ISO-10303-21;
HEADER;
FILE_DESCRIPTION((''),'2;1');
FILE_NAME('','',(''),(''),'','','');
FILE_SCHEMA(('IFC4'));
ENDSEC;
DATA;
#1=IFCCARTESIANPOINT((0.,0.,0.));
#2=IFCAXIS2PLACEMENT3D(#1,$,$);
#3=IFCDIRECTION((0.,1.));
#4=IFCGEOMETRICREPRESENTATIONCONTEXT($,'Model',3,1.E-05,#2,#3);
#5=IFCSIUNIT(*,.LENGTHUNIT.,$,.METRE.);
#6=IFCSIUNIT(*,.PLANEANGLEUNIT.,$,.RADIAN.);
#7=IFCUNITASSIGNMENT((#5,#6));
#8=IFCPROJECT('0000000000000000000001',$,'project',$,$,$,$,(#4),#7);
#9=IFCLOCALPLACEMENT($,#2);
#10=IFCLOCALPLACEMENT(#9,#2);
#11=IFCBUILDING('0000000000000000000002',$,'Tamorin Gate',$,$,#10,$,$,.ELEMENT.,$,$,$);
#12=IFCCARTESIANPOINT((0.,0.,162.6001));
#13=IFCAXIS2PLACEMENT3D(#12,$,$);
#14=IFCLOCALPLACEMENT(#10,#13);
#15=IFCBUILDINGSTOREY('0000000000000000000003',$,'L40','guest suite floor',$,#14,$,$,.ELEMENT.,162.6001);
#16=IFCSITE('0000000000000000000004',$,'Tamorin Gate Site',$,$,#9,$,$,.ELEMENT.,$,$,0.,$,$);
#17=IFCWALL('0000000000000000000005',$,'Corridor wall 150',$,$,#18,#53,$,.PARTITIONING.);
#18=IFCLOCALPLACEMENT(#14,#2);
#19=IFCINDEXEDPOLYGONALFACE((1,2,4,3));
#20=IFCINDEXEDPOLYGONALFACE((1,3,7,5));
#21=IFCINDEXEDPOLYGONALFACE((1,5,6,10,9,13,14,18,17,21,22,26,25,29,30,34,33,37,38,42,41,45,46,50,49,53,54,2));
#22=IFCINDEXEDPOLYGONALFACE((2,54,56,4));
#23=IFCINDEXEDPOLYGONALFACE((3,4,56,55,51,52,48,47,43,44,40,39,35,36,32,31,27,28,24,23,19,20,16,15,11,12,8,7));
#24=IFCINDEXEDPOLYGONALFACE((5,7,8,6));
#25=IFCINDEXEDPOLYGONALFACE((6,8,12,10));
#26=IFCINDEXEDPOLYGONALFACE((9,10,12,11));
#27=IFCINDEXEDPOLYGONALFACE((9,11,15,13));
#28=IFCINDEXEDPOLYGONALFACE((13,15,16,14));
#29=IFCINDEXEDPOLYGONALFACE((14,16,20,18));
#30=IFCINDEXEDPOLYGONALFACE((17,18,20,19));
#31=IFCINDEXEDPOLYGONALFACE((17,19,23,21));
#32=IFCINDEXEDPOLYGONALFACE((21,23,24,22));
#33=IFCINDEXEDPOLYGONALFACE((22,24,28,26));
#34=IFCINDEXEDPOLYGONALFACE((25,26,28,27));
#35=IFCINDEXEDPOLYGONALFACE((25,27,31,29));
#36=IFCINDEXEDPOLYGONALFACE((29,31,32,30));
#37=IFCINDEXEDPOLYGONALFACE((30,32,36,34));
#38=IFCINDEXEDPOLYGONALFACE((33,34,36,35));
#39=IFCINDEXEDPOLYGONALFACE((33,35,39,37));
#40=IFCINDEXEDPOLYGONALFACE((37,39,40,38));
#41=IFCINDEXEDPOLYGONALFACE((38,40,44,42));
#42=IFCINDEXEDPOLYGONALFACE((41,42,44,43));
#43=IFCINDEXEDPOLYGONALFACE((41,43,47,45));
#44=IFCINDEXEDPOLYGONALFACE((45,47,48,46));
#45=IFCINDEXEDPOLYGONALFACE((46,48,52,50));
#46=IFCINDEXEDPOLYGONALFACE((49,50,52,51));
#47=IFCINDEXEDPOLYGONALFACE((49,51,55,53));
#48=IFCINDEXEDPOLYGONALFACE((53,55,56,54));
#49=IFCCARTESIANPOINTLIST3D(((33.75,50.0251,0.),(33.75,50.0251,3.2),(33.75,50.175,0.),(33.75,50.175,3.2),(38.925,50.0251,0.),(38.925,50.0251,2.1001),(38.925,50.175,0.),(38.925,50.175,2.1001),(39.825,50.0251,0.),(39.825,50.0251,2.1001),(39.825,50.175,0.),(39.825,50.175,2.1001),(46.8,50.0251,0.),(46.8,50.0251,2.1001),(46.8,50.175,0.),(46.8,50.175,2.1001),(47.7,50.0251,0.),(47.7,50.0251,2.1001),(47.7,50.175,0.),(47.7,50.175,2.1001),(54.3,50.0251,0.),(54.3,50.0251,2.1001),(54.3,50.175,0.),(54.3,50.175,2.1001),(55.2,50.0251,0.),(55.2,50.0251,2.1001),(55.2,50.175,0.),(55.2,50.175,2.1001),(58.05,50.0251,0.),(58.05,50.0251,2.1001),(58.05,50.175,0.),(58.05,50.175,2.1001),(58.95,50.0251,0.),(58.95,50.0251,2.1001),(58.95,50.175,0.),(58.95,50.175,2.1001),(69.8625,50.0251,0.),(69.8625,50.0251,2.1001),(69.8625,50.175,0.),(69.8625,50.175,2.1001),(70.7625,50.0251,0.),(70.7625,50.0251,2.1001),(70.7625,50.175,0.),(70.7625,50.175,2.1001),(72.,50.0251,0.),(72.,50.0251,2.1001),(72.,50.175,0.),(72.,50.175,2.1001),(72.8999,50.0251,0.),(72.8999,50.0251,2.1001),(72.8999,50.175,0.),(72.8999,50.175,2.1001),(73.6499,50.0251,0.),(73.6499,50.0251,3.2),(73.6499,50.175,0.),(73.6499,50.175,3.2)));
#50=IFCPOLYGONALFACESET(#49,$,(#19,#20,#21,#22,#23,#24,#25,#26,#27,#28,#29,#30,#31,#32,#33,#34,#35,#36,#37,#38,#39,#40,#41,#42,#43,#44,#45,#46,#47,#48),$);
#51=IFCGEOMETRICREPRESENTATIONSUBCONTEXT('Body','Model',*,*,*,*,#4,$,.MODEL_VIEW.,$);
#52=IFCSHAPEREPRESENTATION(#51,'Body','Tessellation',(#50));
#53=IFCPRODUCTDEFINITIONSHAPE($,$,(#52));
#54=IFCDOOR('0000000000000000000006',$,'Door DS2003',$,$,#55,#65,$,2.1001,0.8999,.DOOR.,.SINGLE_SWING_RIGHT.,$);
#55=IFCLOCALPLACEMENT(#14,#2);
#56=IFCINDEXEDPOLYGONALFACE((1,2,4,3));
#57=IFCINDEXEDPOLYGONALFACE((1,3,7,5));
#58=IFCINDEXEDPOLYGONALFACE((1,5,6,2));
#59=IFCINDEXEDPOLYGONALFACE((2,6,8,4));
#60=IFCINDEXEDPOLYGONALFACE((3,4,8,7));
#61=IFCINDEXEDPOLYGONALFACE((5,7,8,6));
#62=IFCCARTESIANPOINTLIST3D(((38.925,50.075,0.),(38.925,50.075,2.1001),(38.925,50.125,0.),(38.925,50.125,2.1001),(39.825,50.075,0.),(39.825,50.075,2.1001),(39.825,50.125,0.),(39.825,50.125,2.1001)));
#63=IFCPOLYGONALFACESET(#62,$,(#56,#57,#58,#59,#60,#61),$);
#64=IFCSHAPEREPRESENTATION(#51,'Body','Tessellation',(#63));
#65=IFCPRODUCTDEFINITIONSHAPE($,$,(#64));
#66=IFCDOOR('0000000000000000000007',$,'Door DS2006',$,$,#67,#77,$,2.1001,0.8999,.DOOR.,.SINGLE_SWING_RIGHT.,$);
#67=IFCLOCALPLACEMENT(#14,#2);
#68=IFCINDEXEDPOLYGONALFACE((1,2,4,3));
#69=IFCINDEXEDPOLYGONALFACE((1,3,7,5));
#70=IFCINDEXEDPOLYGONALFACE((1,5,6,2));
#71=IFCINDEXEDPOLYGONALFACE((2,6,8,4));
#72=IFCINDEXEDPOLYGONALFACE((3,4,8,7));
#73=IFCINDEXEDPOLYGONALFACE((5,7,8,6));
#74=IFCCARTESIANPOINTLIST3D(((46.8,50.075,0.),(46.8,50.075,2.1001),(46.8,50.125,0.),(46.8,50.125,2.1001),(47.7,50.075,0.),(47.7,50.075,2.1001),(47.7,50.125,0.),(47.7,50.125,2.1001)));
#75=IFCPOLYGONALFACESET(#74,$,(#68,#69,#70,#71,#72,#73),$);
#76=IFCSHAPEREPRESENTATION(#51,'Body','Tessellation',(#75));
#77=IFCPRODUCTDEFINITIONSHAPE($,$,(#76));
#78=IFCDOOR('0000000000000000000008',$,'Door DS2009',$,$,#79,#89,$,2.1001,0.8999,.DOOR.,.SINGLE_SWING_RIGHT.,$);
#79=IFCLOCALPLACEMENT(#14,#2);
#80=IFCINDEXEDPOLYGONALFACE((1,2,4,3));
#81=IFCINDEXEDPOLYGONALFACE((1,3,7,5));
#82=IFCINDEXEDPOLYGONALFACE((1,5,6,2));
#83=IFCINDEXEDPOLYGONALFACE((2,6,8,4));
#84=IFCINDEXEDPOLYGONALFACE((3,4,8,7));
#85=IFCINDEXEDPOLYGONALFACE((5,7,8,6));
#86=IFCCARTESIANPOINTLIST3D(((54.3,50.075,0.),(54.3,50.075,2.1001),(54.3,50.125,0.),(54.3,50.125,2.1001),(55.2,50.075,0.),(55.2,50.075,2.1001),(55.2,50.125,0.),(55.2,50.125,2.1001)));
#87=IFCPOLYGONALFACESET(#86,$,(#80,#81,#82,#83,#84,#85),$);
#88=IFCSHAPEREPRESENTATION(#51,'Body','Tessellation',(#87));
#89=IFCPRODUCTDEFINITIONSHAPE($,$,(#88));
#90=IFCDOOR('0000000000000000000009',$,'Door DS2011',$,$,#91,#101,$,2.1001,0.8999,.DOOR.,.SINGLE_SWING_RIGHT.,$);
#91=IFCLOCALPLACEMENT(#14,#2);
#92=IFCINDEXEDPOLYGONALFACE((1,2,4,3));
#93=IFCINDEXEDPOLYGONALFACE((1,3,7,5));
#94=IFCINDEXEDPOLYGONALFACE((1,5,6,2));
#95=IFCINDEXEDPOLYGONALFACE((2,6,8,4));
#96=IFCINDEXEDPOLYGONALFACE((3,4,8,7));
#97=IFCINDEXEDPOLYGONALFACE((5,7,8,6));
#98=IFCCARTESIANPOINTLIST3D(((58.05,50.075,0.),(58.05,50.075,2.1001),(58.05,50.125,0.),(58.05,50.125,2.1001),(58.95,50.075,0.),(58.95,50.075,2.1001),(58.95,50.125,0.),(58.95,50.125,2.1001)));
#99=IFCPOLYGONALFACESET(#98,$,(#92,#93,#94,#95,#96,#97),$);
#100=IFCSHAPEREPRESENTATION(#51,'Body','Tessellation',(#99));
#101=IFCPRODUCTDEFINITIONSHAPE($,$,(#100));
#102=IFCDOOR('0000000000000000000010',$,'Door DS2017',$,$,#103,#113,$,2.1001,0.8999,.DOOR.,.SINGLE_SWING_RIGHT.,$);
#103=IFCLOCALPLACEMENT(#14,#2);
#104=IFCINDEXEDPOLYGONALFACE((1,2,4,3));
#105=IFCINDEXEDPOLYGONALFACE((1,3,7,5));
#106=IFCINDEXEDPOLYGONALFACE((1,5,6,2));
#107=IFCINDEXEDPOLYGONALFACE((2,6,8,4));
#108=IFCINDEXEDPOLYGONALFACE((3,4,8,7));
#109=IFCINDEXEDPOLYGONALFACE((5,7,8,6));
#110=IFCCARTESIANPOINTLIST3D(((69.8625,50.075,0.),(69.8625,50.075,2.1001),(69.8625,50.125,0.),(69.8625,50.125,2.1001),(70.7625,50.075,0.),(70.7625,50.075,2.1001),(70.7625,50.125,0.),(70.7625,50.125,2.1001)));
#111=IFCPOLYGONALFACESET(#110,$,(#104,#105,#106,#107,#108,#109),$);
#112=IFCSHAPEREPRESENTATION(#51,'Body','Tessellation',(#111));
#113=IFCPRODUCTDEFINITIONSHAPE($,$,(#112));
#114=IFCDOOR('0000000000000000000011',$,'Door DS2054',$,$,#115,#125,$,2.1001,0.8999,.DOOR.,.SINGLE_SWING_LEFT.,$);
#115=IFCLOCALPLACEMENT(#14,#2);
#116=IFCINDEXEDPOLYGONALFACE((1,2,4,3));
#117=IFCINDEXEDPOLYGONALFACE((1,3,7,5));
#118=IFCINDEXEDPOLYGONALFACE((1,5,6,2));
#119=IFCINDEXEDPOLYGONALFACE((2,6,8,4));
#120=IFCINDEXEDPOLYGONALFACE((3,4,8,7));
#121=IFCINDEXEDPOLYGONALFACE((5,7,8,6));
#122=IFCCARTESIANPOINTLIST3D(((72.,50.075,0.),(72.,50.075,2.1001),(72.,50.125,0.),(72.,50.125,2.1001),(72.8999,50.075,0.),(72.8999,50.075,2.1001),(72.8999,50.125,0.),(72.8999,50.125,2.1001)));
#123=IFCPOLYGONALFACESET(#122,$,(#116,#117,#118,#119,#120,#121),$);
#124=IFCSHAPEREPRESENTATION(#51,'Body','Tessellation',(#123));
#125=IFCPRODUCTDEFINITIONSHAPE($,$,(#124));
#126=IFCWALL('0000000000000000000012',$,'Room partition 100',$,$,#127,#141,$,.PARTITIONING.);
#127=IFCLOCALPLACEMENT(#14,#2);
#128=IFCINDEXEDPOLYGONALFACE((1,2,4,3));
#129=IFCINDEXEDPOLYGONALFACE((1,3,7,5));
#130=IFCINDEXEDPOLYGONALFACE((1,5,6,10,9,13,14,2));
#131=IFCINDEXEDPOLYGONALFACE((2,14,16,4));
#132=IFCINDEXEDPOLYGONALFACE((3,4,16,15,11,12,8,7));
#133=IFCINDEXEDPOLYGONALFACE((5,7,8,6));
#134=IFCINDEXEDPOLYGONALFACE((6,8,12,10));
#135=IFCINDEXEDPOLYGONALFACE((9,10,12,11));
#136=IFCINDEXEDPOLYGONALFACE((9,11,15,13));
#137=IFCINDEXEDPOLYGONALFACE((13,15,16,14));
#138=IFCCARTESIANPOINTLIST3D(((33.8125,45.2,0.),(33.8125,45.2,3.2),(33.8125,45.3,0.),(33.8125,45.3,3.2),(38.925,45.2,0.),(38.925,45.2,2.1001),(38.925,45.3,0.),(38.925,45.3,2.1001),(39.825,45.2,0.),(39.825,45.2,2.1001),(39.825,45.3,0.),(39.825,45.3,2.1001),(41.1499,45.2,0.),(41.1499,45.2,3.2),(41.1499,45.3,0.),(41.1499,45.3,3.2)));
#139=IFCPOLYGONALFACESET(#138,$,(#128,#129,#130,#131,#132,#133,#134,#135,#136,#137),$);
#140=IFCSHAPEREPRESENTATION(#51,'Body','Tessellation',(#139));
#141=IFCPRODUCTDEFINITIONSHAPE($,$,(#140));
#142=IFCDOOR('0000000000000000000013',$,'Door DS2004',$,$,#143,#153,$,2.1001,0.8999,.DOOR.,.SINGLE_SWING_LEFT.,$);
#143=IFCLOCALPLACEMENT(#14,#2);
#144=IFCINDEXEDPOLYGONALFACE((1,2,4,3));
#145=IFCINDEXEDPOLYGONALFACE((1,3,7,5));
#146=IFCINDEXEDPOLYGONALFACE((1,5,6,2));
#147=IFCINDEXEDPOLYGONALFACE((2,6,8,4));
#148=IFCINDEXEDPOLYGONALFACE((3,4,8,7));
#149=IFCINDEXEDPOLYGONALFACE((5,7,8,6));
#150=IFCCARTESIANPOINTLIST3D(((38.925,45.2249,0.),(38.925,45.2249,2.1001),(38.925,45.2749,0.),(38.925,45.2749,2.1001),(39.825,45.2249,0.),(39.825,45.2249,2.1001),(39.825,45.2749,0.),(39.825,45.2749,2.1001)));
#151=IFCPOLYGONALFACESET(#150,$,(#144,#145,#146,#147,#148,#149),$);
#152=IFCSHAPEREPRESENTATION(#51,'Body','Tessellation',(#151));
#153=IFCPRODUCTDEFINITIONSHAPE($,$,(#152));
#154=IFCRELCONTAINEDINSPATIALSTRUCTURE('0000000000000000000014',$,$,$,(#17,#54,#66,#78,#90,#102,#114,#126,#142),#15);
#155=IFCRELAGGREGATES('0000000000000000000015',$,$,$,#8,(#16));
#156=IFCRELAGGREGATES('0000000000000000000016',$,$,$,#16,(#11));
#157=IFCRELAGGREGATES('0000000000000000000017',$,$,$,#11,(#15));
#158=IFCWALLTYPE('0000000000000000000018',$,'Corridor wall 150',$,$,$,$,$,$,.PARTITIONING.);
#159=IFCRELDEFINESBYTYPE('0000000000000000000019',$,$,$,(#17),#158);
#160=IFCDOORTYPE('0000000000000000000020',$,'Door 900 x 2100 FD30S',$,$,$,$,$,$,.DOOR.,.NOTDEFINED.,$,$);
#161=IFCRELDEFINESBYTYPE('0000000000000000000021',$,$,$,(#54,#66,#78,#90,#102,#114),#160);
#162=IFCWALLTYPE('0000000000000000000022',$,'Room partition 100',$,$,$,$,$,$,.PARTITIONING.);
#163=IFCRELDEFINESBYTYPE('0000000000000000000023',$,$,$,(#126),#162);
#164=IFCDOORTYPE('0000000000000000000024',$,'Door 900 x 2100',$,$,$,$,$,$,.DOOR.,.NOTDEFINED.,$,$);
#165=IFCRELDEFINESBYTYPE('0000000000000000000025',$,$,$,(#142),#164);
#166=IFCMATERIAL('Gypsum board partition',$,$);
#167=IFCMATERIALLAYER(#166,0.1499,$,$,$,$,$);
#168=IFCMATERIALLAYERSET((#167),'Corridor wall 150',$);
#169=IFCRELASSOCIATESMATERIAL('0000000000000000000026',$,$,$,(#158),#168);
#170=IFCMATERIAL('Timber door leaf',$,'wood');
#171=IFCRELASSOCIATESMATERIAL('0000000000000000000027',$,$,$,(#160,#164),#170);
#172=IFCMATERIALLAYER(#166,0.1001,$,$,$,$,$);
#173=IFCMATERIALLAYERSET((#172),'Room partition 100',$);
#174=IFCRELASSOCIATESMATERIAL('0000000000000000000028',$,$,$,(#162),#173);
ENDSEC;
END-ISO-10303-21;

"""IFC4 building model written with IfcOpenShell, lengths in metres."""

from ifc_helpers import new_model, si_unit, direction, frame, frame_2d, origin, place, context, subcontext, project, spatial, rectangle, extrude, material, layer, layer_set, type_object, element, fill, save


model = new_model("IFC4")

# Units and contexts
model_context = context("Model", 3, precision=1e-05, world=origin(), true_north=direction((0.0, 1.0)))
body_context = subcontext(model_context, "Body", "Model", "MODEL_VIEW")
ifc_project = project(units=[si_unit("LENGTHUNIT", "METRE"), si_unit("PLANEANGLEUNIT", "RADIAN")], contexts=[model_context])

# Site, building, storey
site_placement = place(None, origin())
site = spatial("IfcSite", under=ifc_project, at=site_placement, Name="Tamorin Gate Site", CompositionType="ELEMENT", RefElevation=0.0)
building_placement = place(site_placement, origin())
building = spatial("IfcBuilding", under=site, at=building_placement, Name="Tamorin Gate", CompositionType="ELEMENT")
storey_placement = place(building_placement, frame((0.0, 0.0, 162.6001)))
storey = spatial("IfcBuildingStorey", under=building, at=storey_placement, Name="L40", Description="guest suite floor", CompositionType="ELEMENT", Elevation=162.6001)

# Wall, openings, doors
ifc_material_1 = material(Name="Gypsum board partition")
ifc_layer_1 = layer(ifc_material_1, 0.1499)
ifc_layer_set_1 = layer_set([ifc_layer_1], Name="Corridor wall 150")
wall_type_1 = type_object("IfcWallType", Name="Corridor wall 150", PredefinedType="PARTITIONING", material=ifc_layer_set_1)
wall_1_placement = place(storey_placement, frame((33.75, 50.1001, 0.0), z_axis=(0.0, 0.0, 1.0), x_axis=(1.0, 0.0, 0.0)))
wall_1 = element("IfcWall", 1, at=wall_1_placement, inside=storey, type_object=wall_type_1, Name="Corridor wall 150", PredefinedType="PARTITIONING", context=body_context, shape_type="SweptSolid", body=[
    extrude(rectangle(XDim=39.8999, YDim=0.1499, at=frame_2d((19.95, 0.0))), origin(), (0.0, 0.0, 1.0), 3.2),
])
opening_1_placement = place(wall_1_placement, frame((5.175, 0.0, 0.0)))
opening_1 = element("IfcOpeningElement", 2, at=opening_1_placement, cuts=wall_1, PredefinedType="OPENING", context=body_context, shape_type="SweptSolid", body=[
    extrude(rectangle(XDim=0.8999, YDim=2.1001, at=frame_2d((0.45, 1.05))), frame((0.0, 0.085, 0.0), z_axis=(0.0, -1.0, 0.0), x_axis=(1.0, 0.0, 0.0)), (0.0, 0.0, 1.0), 0.1699),
])
opening_2_placement = place(wall_1_placement, frame((13.05, 0.0, 0.0)))
opening_2 = element("IfcOpeningElement", 3, at=opening_2_placement, cuts=wall_1, PredefinedType="OPENING", context=body_context, shape_type="SweptSolid", body=[
    extrude(rectangle(XDim=0.8999, YDim=2.1001, at=frame_2d((0.45, 1.05))), frame((0.0, 0.085, 0.0), z_axis=(0.0, -1.0, 0.0), x_axis=(1.0, 0.0, 0.0)), (0.0, 0.0, 1.0), 0.1699),
])
opening_3_placement = place(wall_1_placement, frame((20.55, 0.0, 0.0)))
opening_3 = element("IfcOpeningElement", 4, at=opening_3_placement, cuts=wall_1, PredefinedType="OPENING", context=body_context, shape_type="SweptSolid", body=[
    extrude(rectangle(XDim=0.8999, YDim=2.1001, at=frame_2d((0.45, 1.05))), frame((0.0, 0.085, 0.0), z_axis=(0.0, -1.0, 0.0), x_axis=(1.0, 0.0, 0.0)), (0.0, 0.0, 1.0), 0.1699),
])
opening_4_placement = place(wall_1_placement, frame((24.3, 0.0, 0.0)))
opening_4 = element("IfcOpeningElement", 5, at=opening_4_placement, cuts=wall_1, PredefinedType="OPENING", context=body_context, shape_type="SweptSolid", body=[
    extrude(rectangle(XDim=0.8999, YDim=2.1001, at=frame_2d((0.45, 1.05))), frame((0.0, 0.085, 0.0), z_axis=(0.0, -1.0, 0.0), x_axis=(1.0, 0.0, 0.0)), (0.0, 0.0, 1.0), 0.1699),
])
opening_5_placement = place(wall_1_placement, frame((36.1125, 0.0, 0.0)))
opening_5 = element("IfcOpeningElement", 6, at=opening_5_placement, cuts=wall_1, PredefinedType="OPENING", context=body_context, shape_type="SweptSolid", body=[
    extrude(rectangle(XDim=0.8999, YDim=2.1001, at=frame_2d((0.45, 1.05))), frame((0.0, 0.085, 0.0), z_axis=(0.0, -1.0, 0.0), x_axis=(1.0, 0.0, 0.0)), (0.0, 0.0, 1.0), 0.1699),
])
opening_6_placement = place(wall_1_placement, frame((38.25, 0.0, 0.0)))
opening_6 = element("IfcOpeningElement", 7, at=opening_6_placement, cuts=wall_1, PredefinedType="OPENING", context=body_context, shape_type="SweptSolid", body=[
    extrude(rectangle(XDim=0.8999, YDim=2.1001, at=frame_2d((0.45, 1.05))), frame((0.0, 0.085, 0.0), z_axis=(0.0, -1.0, 0.0), x_axis=(1.0, 0.0, 0.0)), (0.0, 0.0, 1.0), 0.1699),
])
ifc_material_2 = material(Name="Timber door leaf", Category="wood")
door_type_1 = type_object("IfcDoorType", Name="Door 900 x 2100 FD30S", OperationType="NOTDEFINED", PredefinedType="DOOR", material=ifc_material_2)
door_1_placement = place(opening_1_placement, origin())
door_1 = element("IfcDoor", 8, at=door_1_placement, inside=storey, type_object=door_type_1, Name="Door DS2003", OperationType="SINGLE_SWING_RIGHT", OverallHeight=2.1001, OverallWidth=0.8999, PredefinedType="DOOR", context=body_context, shape_type="SweptSolid", body=[
    extrude(rectangle(XDim=0.8999, YDim=2.1001, at=frame_2d((0.45, 1.05))), frame((0.0, 0.0249, 0.0), z_axis=(0.0, -1.0, 0.0), x_axis=(1.0, 0.0, 0.0)), (0.0, 0.0, 1.0), 0.05),
])
fill(opening_1, door_1)
door_2_placement = place(opening_2_placement, origin())
door_2 = element("IfcDoor", 9, at=door_2_placement, inside=storey, type_object=door_type_1, Name="Door DS2006", OperationType="SINGLE_SWING_RIGHT", OverallHeight=2.1001, OverallWidth=0.8999, PredefinedType="DOOR", context=body_context, shape_type="SweptSolid", body=[
    extrude(rectangle(XDim=0.8999, YDim=2.1001, at=frame_2d((0.45, 1.05))), frame((0.0, 0.0249, 0.0), z_axis=(0.0, -1.0, 0.0), x_axis=(1.0, 0.0, 0.0)), (0.0, 0.0, 1.0), 0.05),
])
fill(opening_2, door_2)
door_3_placement = place(opening_3_placement, origin())
door_3 = element("IfcDoor", 10, at=door_3_placement, inside=storey, type_object=door_type_1, Name="Door DS2009", OperationType="SINGLE_SWING_RIGHT", OverallHeight=2.1001, OverallWidth=0.8999, PredefinedType="DOOR", context=body_context, shape_type="SweptSolid", body=[
    extrude(rectangle(XDim=0.8999, YDim=2.1001, at=frame_2d((0.45, 1.05))), frame((0.0, 0.0249, 0.0), z_axis=(0.0, -1.0, 0.0), x_axis=(1.0, 0.0, 0.0)), (0.0, 0.0, 1.0), 0.05),
])
fill(opening_3, door_3)
door_4_placement = place(opening_4_placement, origin())
door_4 = element("IfcDoor", 11, at=door_4_placement, inside=storey, type_object=door_type_1, Name="Door DS2011", OperationType="SINGLE_SWING_RIGHT", OverallHeight=2.1001, OverallWidth=0.8999, PredefinedType="DOOR", context=body_context, shape_type="SweptSolid", body=[
    extrude(rectangle(XDim=0.8999, YDim=2.1001, at=frame_2d((0.45, 1.05))), frame((0.0, 0.0249, 0.0), z_axis=(0.0, -1.0, 0.0), x_axis=(1.0, 0.0, 0.0)), (0.0, 0.0, 1.0), 0.05),
])
fill(opening_4, door_4)
door_5_placement = place(opening_5_placement, origin())
door_5 = element("IfcDoor", 12, at=door_5_placement, inside=storey, type_object=door_type_1, Name="Door DS2017", OperationType="SINGLE_SWING_RIGHT", OverallHeight=2.1001, OverallWidth=0.8999, PredefinedType="DOOR", context=body_context, shape_type="SweptSolid", body=[
    extrude(rectangle(XDim=0.8999, YDim=2.1001, at=frame_2d((0.45, 1.05))), frame((0.0, 0.0249, 0.0), z_axis=(0.0, -1.0, 0.0), x_axis=(1.0, 0.0, 0.0)), (0.0, 0.0, 1.0), 0.05),
])
fill(opening_5, door_5)
door_6_placement = place(opening_6_placement, origin())
door_6 = element("IfcDoor", 13, at=door_6_placement, inside=storey, type_object=door_type_1, Name="Door DS2054", OperationType="SINGLE_SWING_LEFT", OverallHeight=2.1001, OverallWidth=0.8999, PredefinedType="DOOR", context=body_context, shape_type="SweptSolid", body=[
    extrude(rectangle(XDim=0.8999, YDim=2.1001, at=frame_2d((0.45, 1.05))), frame((0.0, 0.0249, 0.0), z_axis=(0.0, -1.0, 0.0), x_axis=(1.0, 0.0, 0.0)), (0.0, 0.0, 1.0), 0.05),
])
fill(opening_6, door_6)

# Wall, opening, door
ifc_layer_2 = layer(ifc_material_1, 0.1001)
ifc_layer_set_2 = layer_set([ifc_layer_2], Name="Room partition 100")
wall_type_2 = type_object("IfcWallType", Name="Room partition 100", PredefinedType="PARTITIONING", material=ifc_layer_set_2)
wall_2_placement = place(storey_placement, frame((33.8125, 45.25, 0.0), z_axis=(0.0, 0.0, 1.0), x_axis=(1.0, 0.0, 0.0)))
wall_2 = element("IfcWall", 14, at=wall_2_placement, inside=storey, type_object=wall_type_2, Name="Room partition 100", PredefinedType="PARTITIONING", context=body_context, shape_type="SweptSolid", body=[
    extrude(rectangle(XDim=7.3374, YDim=0.1001, at=frame_2d((3.6687, 0.0))), origin(), (0.0, 0.0, 1.0), 3.2),
])
opening_7_placement = place(wall_2_placement, frame((5.1125, 0.0, 0.0)))
opening_7 = element("IfcOpeningElement", 15, at=opening_7_placement, cuts=wall_2, PredefinedType="OPENING", context=body_context, shape_type="SweptSolid", body=[
    extrude(rectangle(XDim=0.8999, YDim=2.1001, at=frame_2d((0.45, 1.05))), frame((0.0, 0.0601, 0.0), z_axis=(0.0, -1.0, 0.0), x_axis=(1.0, 0.0, 0.0)), (0.0, 0.0, 1.0), 0.1201),
])
door_type_2 = type_object("IfcDoorType", Name="Door 900 x 2100", OperationType="NOTDEFINED", PredefinedType="DOOR", material=ifc_material_2)
door_7_placement = place(opening_7_placement, origin())
door_7 = element("IfcDoor", 16, at=door_7_placement, inside=storey, type_object=door_type_2, Name="Door DS2004", OperationType="SINGLE_SWING_LEFT", OverallHeight=2.1001, OverallWidth=0.8999, PredefinedType="DOOR", context=body_context, shape_type="SweptSolid", body=[
    extrude(rectangle(XDim=0.8999, YDim=2.1001, at=frame_2d((0.45, 1.05))), frame((0.0, 0.0249, 0.0), z_axis=(0.0, -1.0, 0.0), x_axis=(1.0, 0.0, 0.0)), (0.0, 0.0, 1.0), 0.05),
])
fill(opening_7, door_7)

save(model, "model.ifc")
